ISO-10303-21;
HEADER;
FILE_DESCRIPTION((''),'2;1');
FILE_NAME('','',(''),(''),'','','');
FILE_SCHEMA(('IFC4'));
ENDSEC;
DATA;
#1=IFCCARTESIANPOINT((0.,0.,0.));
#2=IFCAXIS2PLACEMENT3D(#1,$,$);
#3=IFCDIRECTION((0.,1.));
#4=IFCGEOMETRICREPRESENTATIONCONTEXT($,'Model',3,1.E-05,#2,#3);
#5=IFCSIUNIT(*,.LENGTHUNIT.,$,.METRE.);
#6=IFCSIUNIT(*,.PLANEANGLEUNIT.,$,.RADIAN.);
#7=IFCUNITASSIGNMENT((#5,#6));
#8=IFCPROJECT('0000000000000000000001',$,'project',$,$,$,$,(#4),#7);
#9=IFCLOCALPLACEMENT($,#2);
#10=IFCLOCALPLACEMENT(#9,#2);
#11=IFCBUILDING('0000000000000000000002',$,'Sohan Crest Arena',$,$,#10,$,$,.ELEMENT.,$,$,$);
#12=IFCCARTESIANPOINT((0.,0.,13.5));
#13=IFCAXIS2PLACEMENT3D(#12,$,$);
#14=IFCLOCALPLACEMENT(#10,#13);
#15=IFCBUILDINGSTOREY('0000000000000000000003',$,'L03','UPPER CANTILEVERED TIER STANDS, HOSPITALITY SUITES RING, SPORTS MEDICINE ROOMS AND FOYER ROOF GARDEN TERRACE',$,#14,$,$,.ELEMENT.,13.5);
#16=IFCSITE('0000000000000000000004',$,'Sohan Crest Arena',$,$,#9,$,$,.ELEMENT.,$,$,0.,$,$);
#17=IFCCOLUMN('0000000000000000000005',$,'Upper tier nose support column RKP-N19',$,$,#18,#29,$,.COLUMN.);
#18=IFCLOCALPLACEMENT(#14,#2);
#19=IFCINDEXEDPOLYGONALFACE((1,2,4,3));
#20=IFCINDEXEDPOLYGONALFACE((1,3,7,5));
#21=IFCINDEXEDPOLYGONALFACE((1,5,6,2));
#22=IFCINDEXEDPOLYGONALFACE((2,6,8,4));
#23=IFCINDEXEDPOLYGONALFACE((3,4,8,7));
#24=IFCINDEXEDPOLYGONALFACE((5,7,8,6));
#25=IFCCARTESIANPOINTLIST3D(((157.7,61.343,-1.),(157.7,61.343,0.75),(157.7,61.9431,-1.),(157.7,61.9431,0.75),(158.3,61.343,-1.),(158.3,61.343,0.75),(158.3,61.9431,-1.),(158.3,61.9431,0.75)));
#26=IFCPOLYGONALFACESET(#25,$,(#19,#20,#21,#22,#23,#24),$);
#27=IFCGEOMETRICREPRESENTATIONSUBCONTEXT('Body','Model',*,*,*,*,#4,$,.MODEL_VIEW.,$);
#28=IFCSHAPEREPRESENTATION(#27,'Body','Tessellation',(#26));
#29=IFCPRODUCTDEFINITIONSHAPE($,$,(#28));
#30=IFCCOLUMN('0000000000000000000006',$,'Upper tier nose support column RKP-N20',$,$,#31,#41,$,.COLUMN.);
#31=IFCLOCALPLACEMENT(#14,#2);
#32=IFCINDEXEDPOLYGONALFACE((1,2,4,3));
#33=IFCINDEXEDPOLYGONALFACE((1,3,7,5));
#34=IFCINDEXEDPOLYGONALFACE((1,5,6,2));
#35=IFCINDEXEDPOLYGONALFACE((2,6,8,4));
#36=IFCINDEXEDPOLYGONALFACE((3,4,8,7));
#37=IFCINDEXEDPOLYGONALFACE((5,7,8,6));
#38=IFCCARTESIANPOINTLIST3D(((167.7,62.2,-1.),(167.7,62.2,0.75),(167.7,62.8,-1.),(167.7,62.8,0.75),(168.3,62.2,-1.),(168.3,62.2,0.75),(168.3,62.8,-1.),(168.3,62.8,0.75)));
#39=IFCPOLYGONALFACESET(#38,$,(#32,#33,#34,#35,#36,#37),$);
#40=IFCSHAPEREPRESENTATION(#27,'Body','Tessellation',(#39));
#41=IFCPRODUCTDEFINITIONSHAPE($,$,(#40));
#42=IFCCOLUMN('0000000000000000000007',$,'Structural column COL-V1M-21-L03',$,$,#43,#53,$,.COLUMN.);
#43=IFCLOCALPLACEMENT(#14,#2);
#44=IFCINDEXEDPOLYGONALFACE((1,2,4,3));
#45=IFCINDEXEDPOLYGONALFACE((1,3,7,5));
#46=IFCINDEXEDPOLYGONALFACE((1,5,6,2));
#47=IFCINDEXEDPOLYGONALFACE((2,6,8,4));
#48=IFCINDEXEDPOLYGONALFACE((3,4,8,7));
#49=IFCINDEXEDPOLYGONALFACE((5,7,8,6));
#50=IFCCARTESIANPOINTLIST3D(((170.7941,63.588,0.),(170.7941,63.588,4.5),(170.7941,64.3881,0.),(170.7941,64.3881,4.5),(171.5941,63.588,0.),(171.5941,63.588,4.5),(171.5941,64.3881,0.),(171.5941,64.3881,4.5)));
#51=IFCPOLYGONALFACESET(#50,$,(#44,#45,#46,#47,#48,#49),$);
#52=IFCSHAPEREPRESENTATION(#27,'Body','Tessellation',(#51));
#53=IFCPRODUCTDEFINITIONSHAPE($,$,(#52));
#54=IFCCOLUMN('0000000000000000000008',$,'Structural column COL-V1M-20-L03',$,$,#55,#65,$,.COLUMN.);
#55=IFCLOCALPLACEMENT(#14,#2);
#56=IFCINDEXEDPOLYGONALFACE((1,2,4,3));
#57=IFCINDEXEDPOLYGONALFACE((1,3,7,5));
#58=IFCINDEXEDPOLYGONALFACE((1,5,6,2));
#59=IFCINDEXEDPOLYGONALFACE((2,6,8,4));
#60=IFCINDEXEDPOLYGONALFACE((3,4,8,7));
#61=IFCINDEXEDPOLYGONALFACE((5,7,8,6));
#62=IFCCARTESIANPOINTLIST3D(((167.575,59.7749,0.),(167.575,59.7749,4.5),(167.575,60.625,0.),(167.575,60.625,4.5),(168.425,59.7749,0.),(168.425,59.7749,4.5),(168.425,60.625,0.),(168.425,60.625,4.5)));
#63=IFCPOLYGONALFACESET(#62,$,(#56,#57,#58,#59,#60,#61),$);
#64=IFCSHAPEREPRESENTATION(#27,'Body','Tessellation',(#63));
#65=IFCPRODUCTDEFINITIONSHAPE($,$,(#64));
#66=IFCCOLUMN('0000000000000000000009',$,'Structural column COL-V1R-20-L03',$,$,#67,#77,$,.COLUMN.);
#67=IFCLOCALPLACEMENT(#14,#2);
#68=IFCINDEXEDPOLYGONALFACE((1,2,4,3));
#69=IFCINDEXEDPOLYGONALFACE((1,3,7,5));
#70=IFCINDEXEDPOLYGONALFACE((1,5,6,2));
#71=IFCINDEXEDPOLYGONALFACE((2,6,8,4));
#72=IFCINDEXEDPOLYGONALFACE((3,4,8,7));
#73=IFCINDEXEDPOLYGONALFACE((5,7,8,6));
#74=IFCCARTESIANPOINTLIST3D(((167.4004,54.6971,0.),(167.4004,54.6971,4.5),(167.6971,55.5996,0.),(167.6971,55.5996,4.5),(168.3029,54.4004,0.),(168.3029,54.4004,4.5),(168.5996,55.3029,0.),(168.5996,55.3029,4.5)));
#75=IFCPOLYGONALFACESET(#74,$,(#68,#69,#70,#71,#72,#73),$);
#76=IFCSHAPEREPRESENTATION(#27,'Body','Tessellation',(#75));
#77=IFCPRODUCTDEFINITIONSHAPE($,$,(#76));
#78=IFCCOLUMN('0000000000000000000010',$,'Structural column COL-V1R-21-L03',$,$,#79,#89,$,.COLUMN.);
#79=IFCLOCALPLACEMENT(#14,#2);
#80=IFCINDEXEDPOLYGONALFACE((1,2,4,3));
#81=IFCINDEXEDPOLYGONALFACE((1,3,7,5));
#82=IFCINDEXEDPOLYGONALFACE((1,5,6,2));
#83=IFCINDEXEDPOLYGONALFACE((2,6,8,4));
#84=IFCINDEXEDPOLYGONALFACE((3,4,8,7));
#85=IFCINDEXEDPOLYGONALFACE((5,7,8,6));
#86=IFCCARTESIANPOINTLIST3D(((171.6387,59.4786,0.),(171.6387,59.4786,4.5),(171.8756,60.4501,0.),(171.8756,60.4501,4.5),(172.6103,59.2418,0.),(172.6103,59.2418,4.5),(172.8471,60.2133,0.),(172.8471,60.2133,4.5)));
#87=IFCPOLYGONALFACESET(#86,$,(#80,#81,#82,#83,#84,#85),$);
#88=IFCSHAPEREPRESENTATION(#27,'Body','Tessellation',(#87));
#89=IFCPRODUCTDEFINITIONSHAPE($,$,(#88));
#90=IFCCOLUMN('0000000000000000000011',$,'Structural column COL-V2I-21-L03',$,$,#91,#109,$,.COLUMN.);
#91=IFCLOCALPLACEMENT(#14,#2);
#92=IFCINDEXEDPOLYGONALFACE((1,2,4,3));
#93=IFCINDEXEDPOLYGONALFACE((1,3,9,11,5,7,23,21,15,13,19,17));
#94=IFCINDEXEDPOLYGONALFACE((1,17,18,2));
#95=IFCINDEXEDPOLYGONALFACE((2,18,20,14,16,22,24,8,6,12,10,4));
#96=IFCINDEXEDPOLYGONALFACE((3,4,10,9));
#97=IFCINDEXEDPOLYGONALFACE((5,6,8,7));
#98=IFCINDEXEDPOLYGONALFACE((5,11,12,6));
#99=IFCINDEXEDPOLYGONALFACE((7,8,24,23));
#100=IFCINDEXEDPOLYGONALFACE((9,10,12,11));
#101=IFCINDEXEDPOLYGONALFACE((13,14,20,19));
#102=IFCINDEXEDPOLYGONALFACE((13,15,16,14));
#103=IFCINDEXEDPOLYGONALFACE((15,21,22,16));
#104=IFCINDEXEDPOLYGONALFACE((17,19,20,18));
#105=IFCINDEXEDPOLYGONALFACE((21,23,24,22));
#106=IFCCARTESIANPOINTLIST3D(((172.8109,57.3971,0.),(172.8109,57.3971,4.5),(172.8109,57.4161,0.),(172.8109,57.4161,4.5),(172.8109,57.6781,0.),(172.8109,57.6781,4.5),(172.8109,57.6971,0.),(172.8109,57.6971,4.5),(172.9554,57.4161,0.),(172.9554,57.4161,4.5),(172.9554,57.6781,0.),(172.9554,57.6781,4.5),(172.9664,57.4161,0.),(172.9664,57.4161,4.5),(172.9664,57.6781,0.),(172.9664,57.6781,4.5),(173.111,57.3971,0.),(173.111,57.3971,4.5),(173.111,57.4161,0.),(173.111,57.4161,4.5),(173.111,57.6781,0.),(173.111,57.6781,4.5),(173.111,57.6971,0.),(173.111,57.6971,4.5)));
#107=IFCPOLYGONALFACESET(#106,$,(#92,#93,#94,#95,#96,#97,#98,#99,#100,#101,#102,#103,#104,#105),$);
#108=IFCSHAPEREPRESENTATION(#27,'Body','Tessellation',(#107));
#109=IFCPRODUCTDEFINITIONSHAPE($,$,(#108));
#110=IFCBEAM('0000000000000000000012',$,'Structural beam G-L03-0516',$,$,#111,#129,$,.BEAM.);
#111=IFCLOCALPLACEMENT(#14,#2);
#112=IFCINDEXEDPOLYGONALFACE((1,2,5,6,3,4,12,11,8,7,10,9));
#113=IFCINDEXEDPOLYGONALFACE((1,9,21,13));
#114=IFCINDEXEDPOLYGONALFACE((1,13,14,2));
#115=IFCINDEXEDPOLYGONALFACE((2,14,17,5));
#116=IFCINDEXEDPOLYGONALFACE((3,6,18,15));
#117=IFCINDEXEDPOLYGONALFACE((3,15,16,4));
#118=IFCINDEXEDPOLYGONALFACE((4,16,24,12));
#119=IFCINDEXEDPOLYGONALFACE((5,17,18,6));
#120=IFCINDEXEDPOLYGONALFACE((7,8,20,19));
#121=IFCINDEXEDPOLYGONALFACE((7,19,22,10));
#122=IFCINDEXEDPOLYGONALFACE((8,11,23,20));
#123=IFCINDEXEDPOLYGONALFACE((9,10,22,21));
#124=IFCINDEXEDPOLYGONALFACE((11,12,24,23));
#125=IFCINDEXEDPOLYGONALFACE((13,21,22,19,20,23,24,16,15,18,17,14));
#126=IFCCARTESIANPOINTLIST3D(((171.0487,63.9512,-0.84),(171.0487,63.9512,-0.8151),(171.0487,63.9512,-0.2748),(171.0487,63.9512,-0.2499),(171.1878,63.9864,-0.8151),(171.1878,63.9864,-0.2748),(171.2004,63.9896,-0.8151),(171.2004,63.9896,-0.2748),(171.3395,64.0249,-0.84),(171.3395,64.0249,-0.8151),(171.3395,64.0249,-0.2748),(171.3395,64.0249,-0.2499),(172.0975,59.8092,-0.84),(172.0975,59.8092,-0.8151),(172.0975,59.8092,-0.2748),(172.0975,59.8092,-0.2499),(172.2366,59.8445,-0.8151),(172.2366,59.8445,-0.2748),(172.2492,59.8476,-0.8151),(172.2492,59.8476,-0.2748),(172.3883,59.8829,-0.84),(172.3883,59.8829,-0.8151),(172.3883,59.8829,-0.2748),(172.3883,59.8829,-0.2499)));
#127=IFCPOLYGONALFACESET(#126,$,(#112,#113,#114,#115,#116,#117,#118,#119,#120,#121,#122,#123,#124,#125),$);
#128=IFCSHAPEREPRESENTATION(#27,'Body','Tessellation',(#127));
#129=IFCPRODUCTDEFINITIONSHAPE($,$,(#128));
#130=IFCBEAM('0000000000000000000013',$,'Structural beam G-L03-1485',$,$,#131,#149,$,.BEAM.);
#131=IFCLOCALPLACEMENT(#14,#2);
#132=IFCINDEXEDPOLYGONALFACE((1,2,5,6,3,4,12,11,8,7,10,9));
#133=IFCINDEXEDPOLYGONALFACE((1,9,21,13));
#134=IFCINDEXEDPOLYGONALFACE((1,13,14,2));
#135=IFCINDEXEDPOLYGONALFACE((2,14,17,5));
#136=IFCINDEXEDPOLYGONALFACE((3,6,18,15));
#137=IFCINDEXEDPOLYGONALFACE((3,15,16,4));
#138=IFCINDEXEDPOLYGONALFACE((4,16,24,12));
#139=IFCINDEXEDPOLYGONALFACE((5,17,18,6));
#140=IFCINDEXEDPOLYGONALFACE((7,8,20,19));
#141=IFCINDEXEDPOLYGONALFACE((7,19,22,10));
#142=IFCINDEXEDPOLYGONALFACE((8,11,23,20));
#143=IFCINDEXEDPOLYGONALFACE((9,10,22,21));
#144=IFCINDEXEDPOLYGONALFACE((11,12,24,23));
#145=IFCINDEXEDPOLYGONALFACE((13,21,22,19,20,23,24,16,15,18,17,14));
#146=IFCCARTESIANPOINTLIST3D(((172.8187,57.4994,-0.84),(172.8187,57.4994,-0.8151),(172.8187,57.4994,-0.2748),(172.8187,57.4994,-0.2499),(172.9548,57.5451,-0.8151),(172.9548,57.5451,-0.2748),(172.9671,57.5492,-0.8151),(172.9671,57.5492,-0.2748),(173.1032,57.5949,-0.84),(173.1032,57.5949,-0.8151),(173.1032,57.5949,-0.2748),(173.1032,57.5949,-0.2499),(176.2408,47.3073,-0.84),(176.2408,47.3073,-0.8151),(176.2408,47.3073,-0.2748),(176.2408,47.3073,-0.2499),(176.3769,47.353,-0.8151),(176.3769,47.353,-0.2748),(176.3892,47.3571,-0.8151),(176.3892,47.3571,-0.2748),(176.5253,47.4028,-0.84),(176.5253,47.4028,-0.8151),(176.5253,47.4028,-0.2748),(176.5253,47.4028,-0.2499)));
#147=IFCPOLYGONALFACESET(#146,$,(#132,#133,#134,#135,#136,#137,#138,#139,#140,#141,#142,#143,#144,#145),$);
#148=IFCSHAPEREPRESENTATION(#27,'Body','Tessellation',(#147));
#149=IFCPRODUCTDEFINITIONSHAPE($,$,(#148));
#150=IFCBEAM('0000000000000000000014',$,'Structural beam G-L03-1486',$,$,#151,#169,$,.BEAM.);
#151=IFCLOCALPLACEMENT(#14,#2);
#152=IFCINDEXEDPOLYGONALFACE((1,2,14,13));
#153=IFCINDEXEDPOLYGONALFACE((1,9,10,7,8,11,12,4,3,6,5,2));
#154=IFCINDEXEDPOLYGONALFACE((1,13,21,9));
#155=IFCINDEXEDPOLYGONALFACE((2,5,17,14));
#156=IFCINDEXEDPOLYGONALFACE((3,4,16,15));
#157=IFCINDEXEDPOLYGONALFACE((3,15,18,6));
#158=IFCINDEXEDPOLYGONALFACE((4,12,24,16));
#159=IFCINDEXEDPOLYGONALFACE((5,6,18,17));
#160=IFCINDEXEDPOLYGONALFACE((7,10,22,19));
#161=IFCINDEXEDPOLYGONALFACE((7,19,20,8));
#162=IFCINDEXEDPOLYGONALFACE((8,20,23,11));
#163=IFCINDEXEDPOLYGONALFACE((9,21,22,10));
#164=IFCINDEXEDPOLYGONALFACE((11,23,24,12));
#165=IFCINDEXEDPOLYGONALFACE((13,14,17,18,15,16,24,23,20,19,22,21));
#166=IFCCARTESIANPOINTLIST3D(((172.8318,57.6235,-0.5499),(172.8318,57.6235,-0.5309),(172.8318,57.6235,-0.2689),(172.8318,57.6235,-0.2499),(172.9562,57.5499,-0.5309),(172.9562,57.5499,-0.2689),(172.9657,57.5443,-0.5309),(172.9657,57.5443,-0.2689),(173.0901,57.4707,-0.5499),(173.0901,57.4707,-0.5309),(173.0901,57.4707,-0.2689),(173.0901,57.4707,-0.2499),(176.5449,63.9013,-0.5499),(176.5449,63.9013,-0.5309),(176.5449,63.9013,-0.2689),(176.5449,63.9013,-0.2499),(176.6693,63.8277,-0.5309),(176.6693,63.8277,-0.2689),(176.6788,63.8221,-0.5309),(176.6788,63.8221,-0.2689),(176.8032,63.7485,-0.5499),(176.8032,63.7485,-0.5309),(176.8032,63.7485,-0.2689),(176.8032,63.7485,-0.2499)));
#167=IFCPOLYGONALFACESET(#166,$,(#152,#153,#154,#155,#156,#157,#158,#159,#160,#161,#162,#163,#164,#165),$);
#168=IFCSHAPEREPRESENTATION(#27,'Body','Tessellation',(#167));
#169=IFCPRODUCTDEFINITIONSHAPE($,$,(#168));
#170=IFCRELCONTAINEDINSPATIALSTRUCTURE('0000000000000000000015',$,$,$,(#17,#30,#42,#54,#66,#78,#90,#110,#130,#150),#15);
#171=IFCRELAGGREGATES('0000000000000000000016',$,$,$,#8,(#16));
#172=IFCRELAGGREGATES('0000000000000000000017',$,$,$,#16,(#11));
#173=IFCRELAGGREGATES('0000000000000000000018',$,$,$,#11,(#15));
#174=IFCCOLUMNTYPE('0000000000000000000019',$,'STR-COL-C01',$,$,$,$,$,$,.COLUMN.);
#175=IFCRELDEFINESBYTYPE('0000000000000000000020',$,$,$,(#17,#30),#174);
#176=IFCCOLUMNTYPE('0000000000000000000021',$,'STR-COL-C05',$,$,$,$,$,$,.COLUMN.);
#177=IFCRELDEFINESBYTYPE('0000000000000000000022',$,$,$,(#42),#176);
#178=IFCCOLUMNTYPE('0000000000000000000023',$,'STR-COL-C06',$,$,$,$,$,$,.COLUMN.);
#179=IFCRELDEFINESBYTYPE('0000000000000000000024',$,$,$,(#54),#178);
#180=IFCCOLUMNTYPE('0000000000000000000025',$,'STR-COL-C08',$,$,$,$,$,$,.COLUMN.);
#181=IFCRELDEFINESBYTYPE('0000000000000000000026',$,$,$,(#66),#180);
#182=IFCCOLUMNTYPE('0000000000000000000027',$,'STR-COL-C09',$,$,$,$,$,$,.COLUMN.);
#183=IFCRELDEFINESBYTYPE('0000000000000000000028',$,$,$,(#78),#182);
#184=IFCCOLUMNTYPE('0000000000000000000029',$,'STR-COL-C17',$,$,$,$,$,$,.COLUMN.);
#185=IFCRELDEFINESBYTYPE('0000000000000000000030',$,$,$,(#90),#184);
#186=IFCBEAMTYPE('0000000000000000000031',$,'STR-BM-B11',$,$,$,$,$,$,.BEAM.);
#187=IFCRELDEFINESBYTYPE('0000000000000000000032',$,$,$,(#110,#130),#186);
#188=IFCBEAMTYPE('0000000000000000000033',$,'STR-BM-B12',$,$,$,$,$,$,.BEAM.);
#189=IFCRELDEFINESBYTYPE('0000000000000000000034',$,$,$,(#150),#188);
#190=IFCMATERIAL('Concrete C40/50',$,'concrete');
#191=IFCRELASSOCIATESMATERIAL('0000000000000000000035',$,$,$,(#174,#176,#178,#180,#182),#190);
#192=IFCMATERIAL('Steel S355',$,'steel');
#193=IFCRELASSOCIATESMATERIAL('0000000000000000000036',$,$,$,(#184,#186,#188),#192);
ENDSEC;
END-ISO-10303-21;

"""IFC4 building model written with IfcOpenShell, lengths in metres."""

from ifc_helpers import new_model, si_unit, direction, frame, origin, origin_2d, place, context, subcontext, project, spatial, rectangle, i_section, extrude, material, material_profile, profile_set, type_object, element, save


model = new_model("IFC4")

# Units and contexts
model_context = context("Model", 3, precision=1e-05, world=origin(), true_north=direction((0.0, 1.0)))
body_context = subcontext(model_context, "Body", "Model", "MODEL_VIEW")
ifc_project = project(units=[si_unit("LENGTHUNIT", "METRE"), si_unit("PLANEANGLEUNIT", "RADIAN")], contexts=[model_context])

# Site, building, storey
site_placement = place(None, origin())
site = spatial("IfcSite", under=ifc_project, at=site_placement, Name="Sohan Crest Arena", CompositionType="ELEMENT", RefElevation=0.0)
building_placement = place(site_placement, origin())
building = spatial("IfcBuilding", under=site, at=building_placement, Name="Sohan Crest Arena", CompositionType="ELEMENT")
storey_placement = place(building_placement, frame((0.0, 0.0, 13.5)))
storey = spatial("IfcBuildingStorey", under=building, at=storey_placement, Name="L03", Description="UPPER CANTILEVERED TIER STANDS, HOSPITALITY SUITES RING, SPORTS MEDICINE ROOMS AND FOYER ROOF GARDEN TERRACE", CompositionType="ELEMENT", Elevation=13.5)

# Columns
ifc_material_1 = material(Name="Concrete C40/50", Category="concrete")
ifc_material_profile_1 = material_profile(ifc_material_1, rectangle(XDim=0.6001, YDim=0.6001, at=origin_2d()), Name="RC 600x600")
ifc_profile_set_1 = profile_set([ifc_material_profile_1], Name="Concrete C40/50")
column_type_1 = type_object("IfcColumnType", Name="STR-COL-C01", PredefinedType="COLUMN", material=ifc_profile_set_1)
for number, where, z_axis, x_axis, name in (
    (1, (158.0, 61.6431, -1.0), (0.0, 0.0, 1.0), (1.0, 0.0, 0.0), "Upper tier nose support column RKP-N19"),
    (2, (168.0, 62.5, -1.0), (0.0, 0.0, 1.0), (1.0, 0.0, 0.0), "Upper tier nose support column RKP-N20"),
):
    element("IfcColumn", number, at=place(storey_placement, frame(where, z_axis=z_axis, x_axis=x_axis)), inside=storey, type_object=column_type_1, Name=name, PredefinedType="COLUMN", context=body_context, shape_type="SweptSolid", body=[
        extrude(rectangle(XDim=0.6001, YDim=0.6001, at=origin_2d()), origin(), (0.0, 0.0, 1.0), 1.75),
    ])
ifc_material_profile_2 = material_profile(ifc_material_1, rectangle(XDim=0.8, YDim=0.8, at=origin_2d()), Name="RC 800x800")
ifc_profile_set_2 = profile_set([ifc_material_profile_2], Name="Concrete C40/50")
column_type_2 = type_object("IfcColumnType", Name="STR-COL-C05", PredefinedType="COLUMN", material=ifc_profile_set_2)
column_1_placement = place(storey_placement, frame((171.1941, 63.988, 0.0), z_axis=(0.0, 0.0, 1.0), x_axis=(1.0, 0.0, 0.0)))
element("IfcColumn", 3, at=column_1_placement, inside=storey, type_object=column_type_2, Name="Structural column COL-V1M-21-L03", PredefinedType="COLUMN", context=body_context, shape_type="SweptSolid", body=[
    extrude(rectangle(XDim=0.8, YDim=0.8, at=origin_2d()), origin(), (0.0, 0.0, 1.0), 4.5),
])
ifc_material_profile_3 = material_profile(ifc_material_1, rectangle(XDim=0.8501, YDim=0.8501, at=origin_2d()), Name="RC 850x850")
ifc_profile_set_3 = profile_set([ifc_material_profile_3], Name="Concrete C40/50")
column_type_3 = type_object("IfcColumnType", Name="STR-COL-C06", PredefinedType="COLUMN", material=ifc_profile_set_3)
column_2_placement = place(storey_placement, frame((168.0, 60.2, 0.0), z_axis=(0.0, 0.0, 1.0), x_axis=(1.0, 0.0, 0.0)))
element("IfcColumn", 4, at=column_2_placement, inside=storey, type_object=column_type_3, Name="Structural column COL-V1M-20-L03", PredefinedType="COLUMN", context=body_context, shape_type="SweptSolid", body=[
    extrude(rectangle(XDim=0.8501, YDim=0.8501, at=origin_2d()), origin(), (0.0, 0.0, 1.0), 4.5),
])
ifc_material_profile_4 = material_profile(ifc_material_1, rectangle(XDim=0.95, YDim=0.95, at=origin_2d()), Name="RC 950x950")
ifc_profile_set_4 = profile_set([ifc_material_profile_4], Name="Concrete C40/50")
column_type_4 = type_object("IfcColumnType", Name="STR-COL-C08", PredefinedType="COLUMN", material=ifc_profile_set_4)
column_3_placement = place(storey_placement, frame((168.0, 55.0, 0.0), z_axis=(0.0, 0.0, 1.0), x_axis=(-0.949972, 0.312335, 0.0)))
element("IfcColumn", 5, at=column_3_placement, inside=storey, type_object=column_type_4, Name="Structural column COL-V1R-20-L03", PredefinedType="COLUMN", context=body_context, shape_type="SweptSolid", body=[
    extrude(rectangle(XDim=0.95, YDim=0.95, at=origin_2d()), origin(), (0.0, 0.0, 1.0), 4.5),
])
ifc_material_profile_5 = material_profile(ifc_material_1, rectangle(XDim=1.0, YDim=1.0, at=origin_2d()), Name="RC 1000x1000")
ifc_profile_set_5 = profile_set([ifc_material_profile_5], Name="Concrete C40/50")
column_type_5 = type_object("IfcColumnType", Name="STR-COL-C09", PredefinedType="COLUMN", material=ifc_profile_set_5)
column_4_placement = place(storey_placement, frame((172.2429, 59.8459, 0.0), z_axis=(0.0, 0.0, 1.0), x_axis=(-0.971549, 0.236838, 0.0)))
element("IfcColumn", 6, at=column_4_placement, inside=storey, type_object=column_type_5, Name="Structural column COL-V1R-21-L03", PredefinedType="COLUMN", context=body_context, shape_type="SweptSolid", body=[
    extrude(rectangle(XDim=1.0, YDim=1.0, at=origin_2d()), origin(), (0.0, 0.0, 1.0), 4.5),
])
ifc_material_2 = material(Name="Steel S355", Category="steel")
ifc_material_profile_6 = material_profile(ifc_material_2, i_section(OverallWidth=0.3, OverallDepth=0.3, WebThickness=0.011, FlangeThickness=0.019, at=origin_2d()), Name="HEB 300")
ifc_profile_set_6 = profile_set([ifc_material_profile_6], Name="Steel S355")
column_type_6 = type_object("IfcColumnType", Name="STR-COL-C17", PredefinedType="COLUMN", material=ifc_profile_set_6)
column_5_placement = place(storey_placement, frame((172.9609, 57.5471, 0.0), z_axis=(0.0, 0.0, 1.0), x_axis=(1.0, 0.0, 0.0)))
element("IfcColumn", 7, at=column_5_placement, inside=storey, type_object=column_type_6, Name="Structural column COL-V2I-21-L03", PredefinedType="COLUMN", context=body_context, shape_type="SweptSolid", body=[
    extrude(i_section(OverallWidth=0.3, OverallDepth=0.3, WebThickness=0.011, FlangeThickness=0.019, at=origin_2d()), origin(), (0.0, 0.0, 1.0), 4.5),
])

# Beams
ifc_material_profile_7 = material_profile(ifc_material_2, i_section(OverallWidth=0.3, OverallDepth=0.5901, WebThickness=0.0129, FlangeThickness=0.0249, at=origin_2d()), Name="HEA 600")
ifc_profile_set_7 = profile_set([ifc_material_profile_7], Name="Steel S355")
beam_type_1 = type_object("IfcBeamType", Name="STR-BM-B11", PredefinedType="BEAM", material=ifc_profile_set_7)
beam_1_placement = place(storey_placement, frame((171.1941, 63.988, -0.5449), z_axis=(0.245465, -0.969405, 0.0), x_axis=(0.969405, 0.245465, 0.0)))
element("IfcBeam", 8, at=beam_1_placement, inside=storey, type_object=beam_type_1, Name="Structural beam G-L03-0516", PredefinedType="BEAM", context=body_context, shape_type="SweptSolid", body=[
    extrude(i_section(OverallWidth=0.3, OverallDepth=0.5901, WebThickness=0.0129, FlangeThickness=0.0249, at=origin_2d()), origin(), (0.0, 0.0, 1.0), 4.2727),
])
beam_2_placement = place(storey_placement, frame((172.9609, 57.5471, -0.5449), z_axis=(0.318298, -0.947991, 0.0), x_axis=(0.947991, 0.318298, 0.0)))
element("IfcBeam", 9, at=beam_2_placement, inside=storey, type_object=beam_type_1, Name="Structural beam G-L03-1485", PredefinedType="BEAM", context=body_context, shape_type="SweptSolid", body=[
    extrude(i_section(OverallWidth=0.3, OverallDepth=0.5901, WebThickness=0.0129, FlangeThickness=0.0249, at=origin_2d()), origin(), (0.0, 0.0, 1.0), 10.7512),
])
ifc_material_profile_8 = material_profile(ifc_material_2, i_section(OverallWidth=0.3, OverallDepth=0.3, WebThickness=0.011, FlangeThickness=0.019, at=origin_2d()), Name="HEB 300")
ifc_profile_set_8 = profile_set([ifc_material_profile_8], Name="Steel S355")
beam_type_2 = type_object("IfcBeamType", Name="STR-BM-B12", PredefinedType="BEAM", material=ifc_profile_set_8)
beam_3_placement = place(storey_placement, frame((172.9609, 57.5471, -0.3999), z_axis=(0.509086, 0.860716, 0.0), x_axis=(-0.860716, 0.509086, 0.0)))
element("IfcBeam", 10, at=beam_3_placement, inside=storey, type_object=beam_type_2, Name="Structural beam G-L03-1486", PredefinedType="BEAM", context=body_context, shape_type="SweptSolid", body=[
    extrude(i_section(OverallWidth=0.3, OverallDepth=0.3, WebThickness=0.011, FlangeThickness=0.019, at=origin_2d()), origin(), (0.0, 0.0, 1.0), 7.2937),
])

save(model, "model.ifc")
